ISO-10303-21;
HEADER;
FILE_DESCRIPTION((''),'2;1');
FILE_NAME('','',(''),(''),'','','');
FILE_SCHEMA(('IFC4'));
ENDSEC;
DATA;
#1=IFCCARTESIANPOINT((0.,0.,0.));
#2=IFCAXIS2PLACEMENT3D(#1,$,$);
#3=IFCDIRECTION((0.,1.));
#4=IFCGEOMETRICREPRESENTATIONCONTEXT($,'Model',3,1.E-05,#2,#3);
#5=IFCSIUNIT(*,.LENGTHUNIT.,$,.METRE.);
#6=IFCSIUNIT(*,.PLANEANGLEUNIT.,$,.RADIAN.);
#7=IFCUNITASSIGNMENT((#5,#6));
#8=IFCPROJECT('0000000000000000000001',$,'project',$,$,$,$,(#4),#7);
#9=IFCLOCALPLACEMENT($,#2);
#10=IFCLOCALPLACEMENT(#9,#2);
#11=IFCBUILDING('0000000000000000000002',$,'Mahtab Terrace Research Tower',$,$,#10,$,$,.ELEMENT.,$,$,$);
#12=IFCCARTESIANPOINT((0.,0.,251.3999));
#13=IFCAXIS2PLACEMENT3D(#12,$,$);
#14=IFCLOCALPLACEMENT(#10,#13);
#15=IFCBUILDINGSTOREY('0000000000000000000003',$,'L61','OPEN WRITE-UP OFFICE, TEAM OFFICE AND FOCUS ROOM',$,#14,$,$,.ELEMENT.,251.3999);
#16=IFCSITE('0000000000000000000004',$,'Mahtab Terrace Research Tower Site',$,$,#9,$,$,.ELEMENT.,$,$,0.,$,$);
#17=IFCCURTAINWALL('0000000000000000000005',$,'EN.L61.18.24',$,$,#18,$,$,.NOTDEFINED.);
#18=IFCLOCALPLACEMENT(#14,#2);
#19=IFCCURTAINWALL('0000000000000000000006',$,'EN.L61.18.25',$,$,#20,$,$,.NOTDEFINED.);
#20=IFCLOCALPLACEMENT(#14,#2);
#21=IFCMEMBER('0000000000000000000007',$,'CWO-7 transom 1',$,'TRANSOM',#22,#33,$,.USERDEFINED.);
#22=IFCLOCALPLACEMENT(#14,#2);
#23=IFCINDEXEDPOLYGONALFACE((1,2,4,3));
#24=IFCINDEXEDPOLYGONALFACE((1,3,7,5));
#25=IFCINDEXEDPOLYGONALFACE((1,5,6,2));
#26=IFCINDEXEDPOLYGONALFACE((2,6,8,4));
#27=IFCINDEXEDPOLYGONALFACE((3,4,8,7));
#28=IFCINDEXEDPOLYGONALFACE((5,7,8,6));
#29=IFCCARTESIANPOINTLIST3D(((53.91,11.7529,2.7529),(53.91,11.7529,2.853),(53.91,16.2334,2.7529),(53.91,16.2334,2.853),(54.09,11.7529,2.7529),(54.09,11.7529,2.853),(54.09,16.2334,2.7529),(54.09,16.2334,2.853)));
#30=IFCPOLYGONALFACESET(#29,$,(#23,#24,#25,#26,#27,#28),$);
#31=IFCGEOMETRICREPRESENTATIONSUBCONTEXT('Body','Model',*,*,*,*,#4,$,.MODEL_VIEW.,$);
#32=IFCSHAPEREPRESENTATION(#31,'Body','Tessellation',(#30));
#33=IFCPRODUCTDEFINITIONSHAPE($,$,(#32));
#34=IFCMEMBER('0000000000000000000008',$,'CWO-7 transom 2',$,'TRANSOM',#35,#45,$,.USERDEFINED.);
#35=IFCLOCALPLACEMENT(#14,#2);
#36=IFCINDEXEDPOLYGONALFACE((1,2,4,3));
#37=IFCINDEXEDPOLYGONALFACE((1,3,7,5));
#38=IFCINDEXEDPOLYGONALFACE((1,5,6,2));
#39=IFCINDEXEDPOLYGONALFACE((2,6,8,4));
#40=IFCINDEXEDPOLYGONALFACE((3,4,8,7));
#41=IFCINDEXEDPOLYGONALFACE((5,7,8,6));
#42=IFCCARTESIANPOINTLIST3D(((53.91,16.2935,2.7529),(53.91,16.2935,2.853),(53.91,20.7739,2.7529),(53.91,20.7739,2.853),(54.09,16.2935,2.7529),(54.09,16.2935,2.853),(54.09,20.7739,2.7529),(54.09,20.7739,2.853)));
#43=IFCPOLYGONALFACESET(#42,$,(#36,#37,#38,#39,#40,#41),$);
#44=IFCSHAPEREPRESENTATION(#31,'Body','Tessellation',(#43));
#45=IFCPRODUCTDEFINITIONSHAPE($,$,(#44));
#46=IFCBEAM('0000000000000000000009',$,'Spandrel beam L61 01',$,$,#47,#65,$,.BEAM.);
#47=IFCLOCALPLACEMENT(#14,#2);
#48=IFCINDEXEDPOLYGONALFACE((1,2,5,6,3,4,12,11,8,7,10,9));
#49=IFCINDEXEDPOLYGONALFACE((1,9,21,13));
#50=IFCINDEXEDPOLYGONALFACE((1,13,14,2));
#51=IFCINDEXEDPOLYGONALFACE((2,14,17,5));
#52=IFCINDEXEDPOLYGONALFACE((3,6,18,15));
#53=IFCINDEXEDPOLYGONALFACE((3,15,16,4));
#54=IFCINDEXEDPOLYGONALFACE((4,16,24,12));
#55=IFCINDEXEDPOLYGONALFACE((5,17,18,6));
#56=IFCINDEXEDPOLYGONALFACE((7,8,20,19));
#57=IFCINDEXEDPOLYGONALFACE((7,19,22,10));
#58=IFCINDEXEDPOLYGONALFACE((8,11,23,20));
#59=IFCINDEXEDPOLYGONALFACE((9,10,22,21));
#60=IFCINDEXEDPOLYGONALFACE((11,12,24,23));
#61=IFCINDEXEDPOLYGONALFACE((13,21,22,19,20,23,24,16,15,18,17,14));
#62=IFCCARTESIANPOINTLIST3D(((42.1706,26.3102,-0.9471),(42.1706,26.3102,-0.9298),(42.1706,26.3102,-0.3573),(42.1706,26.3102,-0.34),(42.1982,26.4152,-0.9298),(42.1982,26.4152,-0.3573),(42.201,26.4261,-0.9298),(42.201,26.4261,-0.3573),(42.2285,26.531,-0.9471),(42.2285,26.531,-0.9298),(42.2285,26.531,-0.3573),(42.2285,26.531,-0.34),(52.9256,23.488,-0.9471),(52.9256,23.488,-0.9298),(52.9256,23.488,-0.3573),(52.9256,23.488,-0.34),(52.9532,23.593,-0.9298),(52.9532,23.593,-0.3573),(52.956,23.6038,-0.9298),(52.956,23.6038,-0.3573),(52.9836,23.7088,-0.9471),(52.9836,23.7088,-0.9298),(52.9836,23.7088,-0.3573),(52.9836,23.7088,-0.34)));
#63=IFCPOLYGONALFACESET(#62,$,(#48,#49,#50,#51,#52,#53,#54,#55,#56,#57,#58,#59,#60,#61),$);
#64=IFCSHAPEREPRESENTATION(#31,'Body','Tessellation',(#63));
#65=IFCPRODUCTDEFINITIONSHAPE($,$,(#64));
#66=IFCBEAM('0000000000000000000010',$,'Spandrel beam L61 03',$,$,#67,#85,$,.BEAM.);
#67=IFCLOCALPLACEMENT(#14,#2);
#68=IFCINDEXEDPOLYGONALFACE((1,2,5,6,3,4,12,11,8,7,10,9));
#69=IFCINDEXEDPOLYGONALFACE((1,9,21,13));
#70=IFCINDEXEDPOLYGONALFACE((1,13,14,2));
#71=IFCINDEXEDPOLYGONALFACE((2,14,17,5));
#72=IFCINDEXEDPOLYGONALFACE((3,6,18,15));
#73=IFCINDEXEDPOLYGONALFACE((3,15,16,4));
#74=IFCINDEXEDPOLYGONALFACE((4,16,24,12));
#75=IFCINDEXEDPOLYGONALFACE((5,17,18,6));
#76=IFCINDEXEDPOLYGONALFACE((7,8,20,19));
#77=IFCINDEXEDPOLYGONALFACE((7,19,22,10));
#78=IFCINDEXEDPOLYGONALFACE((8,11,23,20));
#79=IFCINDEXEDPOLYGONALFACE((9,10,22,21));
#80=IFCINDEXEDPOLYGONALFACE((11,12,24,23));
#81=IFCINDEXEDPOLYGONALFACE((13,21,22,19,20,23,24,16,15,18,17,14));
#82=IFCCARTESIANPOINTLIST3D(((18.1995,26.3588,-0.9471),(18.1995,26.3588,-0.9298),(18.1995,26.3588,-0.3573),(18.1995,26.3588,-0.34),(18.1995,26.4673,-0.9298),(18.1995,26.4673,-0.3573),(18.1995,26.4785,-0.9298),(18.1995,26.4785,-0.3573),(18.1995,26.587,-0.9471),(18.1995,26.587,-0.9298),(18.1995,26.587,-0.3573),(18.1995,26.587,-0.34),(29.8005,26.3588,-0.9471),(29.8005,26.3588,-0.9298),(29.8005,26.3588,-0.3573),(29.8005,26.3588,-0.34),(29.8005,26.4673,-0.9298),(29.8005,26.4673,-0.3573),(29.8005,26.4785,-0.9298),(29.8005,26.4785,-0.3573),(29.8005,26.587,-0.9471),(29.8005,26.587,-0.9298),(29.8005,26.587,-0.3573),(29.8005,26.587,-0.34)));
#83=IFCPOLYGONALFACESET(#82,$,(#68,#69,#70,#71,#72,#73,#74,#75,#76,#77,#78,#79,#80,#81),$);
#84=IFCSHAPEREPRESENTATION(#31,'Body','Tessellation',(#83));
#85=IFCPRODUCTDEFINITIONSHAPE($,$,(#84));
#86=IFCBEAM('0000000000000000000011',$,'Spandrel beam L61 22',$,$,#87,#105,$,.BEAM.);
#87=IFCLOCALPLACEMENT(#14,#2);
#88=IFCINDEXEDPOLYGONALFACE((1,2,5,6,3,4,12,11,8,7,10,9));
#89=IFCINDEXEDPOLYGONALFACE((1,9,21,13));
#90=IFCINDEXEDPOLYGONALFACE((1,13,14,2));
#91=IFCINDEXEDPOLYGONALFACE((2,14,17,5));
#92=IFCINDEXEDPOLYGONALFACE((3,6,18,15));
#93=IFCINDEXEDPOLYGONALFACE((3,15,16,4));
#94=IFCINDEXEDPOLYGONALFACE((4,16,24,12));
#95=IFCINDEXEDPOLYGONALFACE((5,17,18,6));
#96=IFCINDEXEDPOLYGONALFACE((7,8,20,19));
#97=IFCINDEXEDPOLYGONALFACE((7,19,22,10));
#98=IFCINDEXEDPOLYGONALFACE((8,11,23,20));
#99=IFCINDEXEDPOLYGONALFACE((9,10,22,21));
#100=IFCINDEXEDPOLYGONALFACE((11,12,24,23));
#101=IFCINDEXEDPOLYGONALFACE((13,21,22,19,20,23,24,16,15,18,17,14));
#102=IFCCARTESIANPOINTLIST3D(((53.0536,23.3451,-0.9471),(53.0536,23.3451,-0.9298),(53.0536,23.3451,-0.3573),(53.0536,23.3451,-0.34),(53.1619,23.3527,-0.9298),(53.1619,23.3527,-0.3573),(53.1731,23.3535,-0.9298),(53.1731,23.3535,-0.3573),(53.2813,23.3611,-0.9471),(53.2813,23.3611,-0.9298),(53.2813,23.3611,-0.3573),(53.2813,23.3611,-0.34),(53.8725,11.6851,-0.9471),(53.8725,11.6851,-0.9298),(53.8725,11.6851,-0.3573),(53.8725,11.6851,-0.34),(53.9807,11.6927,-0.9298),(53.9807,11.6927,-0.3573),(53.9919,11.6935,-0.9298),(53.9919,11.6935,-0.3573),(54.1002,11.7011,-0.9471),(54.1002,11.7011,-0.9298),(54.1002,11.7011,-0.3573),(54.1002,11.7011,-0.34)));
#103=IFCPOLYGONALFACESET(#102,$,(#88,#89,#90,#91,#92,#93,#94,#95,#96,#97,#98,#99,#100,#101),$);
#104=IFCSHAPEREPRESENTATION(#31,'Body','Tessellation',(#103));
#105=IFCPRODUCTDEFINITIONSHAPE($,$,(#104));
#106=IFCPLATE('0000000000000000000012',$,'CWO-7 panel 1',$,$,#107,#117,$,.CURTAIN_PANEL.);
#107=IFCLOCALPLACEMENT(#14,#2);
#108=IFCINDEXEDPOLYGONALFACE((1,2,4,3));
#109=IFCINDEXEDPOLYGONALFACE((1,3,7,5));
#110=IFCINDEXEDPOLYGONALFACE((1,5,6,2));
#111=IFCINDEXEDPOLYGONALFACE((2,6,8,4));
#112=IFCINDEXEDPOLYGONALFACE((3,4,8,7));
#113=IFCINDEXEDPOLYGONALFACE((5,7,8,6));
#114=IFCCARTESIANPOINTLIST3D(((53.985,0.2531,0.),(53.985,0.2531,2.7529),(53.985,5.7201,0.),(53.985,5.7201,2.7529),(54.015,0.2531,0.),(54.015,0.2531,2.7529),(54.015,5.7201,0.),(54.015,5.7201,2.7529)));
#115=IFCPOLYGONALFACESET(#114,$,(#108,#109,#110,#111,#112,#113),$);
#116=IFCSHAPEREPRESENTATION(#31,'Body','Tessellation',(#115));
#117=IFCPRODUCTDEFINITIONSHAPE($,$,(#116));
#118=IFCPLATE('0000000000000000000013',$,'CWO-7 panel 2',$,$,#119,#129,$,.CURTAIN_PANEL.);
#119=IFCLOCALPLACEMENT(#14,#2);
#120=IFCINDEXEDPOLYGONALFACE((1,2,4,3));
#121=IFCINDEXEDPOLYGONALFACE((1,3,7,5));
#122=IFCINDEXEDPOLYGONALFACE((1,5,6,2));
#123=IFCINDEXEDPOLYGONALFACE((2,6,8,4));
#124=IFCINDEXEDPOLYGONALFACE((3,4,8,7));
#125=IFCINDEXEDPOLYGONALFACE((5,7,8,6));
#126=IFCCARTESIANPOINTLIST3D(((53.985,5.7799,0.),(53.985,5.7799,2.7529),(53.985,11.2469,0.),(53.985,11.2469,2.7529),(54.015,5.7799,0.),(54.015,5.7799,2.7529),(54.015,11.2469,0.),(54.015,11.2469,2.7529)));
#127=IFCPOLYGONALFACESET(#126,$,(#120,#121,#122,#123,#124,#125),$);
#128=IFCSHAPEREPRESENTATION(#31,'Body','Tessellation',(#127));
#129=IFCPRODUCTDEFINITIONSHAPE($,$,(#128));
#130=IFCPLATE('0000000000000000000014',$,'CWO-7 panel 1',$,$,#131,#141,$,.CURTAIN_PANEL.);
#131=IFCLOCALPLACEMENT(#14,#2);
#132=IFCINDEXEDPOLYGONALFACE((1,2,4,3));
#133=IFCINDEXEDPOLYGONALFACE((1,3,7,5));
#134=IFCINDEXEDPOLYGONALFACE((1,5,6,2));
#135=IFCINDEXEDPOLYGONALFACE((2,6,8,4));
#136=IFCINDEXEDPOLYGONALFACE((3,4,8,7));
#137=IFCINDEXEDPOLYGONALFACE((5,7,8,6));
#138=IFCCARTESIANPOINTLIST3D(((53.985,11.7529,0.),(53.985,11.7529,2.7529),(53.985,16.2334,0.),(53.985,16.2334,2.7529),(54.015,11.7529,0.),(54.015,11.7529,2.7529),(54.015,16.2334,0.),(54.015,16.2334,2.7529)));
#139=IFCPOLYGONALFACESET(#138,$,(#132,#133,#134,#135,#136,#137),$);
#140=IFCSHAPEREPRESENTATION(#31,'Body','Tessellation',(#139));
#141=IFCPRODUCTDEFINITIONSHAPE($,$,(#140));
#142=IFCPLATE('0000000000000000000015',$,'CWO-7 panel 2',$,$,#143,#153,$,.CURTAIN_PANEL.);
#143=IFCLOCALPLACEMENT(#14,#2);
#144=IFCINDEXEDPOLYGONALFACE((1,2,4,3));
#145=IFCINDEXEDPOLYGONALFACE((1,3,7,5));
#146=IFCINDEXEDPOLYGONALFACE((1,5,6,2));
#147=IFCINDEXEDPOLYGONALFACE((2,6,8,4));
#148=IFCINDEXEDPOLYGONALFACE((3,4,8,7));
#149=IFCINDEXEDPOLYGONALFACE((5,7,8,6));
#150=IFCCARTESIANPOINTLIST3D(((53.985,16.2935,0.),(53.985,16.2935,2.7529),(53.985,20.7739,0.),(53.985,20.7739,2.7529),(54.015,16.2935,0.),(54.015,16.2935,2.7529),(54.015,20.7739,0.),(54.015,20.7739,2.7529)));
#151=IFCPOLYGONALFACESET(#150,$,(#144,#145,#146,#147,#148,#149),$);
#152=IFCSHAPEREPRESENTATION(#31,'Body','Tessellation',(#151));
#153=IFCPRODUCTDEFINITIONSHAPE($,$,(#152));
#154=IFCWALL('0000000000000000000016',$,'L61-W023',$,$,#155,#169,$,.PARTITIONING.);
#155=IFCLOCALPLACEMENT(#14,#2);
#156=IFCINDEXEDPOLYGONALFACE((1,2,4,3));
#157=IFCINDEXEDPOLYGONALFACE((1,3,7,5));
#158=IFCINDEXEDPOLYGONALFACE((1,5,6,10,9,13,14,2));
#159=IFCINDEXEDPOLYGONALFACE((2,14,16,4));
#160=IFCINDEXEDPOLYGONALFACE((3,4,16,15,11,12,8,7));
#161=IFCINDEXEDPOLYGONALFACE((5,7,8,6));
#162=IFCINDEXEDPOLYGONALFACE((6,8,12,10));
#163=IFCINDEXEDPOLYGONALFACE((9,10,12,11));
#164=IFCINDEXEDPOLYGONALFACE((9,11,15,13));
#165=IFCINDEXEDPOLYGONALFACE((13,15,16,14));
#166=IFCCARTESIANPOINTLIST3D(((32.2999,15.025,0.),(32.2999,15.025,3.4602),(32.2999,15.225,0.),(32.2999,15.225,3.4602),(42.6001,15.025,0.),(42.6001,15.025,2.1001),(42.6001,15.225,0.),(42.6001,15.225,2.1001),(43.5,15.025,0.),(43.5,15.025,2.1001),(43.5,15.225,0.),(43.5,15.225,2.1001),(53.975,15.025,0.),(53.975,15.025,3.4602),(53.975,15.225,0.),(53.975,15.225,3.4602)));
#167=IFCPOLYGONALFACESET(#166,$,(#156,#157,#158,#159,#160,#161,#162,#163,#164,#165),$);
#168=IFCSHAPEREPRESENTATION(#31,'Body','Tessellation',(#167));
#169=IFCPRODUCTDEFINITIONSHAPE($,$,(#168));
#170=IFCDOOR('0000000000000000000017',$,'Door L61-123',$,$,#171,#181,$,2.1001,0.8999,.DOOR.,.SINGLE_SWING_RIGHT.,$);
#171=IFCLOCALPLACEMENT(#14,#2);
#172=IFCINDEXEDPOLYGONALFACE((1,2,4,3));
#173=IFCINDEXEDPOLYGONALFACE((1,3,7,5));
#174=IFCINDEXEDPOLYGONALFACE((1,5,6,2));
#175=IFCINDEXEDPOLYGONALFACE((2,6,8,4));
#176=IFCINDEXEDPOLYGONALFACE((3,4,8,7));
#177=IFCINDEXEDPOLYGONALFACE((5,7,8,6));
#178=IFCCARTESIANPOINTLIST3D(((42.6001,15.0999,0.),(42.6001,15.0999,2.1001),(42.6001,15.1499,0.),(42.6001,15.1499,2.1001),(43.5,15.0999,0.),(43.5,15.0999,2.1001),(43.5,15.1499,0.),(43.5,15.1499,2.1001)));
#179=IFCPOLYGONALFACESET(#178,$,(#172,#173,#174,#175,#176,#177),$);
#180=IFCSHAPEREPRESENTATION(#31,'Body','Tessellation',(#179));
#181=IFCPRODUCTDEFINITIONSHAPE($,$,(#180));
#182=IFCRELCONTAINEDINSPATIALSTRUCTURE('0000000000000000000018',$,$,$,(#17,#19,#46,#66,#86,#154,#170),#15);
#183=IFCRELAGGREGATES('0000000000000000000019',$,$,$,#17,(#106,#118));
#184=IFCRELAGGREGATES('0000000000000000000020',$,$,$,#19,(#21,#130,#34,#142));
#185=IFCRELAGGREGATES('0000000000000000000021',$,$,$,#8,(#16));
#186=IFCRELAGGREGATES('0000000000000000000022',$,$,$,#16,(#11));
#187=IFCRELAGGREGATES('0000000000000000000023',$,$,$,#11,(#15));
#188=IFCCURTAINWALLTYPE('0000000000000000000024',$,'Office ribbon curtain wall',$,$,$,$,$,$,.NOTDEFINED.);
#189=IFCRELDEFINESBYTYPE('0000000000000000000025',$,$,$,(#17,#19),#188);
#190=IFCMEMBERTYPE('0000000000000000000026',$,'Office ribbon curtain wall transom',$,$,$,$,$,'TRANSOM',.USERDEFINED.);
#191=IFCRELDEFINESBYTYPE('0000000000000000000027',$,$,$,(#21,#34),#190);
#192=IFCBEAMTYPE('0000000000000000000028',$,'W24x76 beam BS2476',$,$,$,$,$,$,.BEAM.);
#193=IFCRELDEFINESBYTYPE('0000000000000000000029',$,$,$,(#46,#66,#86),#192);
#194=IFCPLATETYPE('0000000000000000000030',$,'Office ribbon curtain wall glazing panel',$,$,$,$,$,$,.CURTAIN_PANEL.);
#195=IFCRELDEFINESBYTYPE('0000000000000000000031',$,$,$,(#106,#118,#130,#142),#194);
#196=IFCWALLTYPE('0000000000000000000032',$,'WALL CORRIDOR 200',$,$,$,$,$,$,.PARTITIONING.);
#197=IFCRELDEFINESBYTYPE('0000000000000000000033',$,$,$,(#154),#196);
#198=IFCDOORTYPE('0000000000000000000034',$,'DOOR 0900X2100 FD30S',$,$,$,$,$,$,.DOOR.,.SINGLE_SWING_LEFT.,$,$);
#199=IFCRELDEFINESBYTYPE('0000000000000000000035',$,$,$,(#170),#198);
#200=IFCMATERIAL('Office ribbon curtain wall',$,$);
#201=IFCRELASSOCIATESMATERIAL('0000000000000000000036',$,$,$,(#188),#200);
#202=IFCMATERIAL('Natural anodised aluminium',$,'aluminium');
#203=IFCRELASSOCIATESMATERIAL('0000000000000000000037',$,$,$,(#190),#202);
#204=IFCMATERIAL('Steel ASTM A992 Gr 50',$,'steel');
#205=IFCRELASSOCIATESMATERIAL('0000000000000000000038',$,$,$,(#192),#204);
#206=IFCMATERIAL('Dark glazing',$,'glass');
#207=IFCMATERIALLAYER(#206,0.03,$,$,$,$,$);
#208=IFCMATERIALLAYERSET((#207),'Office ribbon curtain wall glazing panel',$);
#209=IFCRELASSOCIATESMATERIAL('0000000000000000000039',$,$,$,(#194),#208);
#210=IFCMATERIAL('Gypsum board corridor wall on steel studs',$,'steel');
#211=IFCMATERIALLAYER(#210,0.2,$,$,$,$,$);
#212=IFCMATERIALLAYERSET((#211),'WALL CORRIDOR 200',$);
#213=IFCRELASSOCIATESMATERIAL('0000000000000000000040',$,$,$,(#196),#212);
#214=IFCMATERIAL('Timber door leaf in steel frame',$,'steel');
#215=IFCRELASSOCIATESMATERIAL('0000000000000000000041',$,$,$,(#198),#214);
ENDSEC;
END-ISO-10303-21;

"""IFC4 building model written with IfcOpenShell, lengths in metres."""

from ifc_helpers import new_model, si_unit, direction, frame, frame_2d, origin, origin_2d, place, context, subcontext, project, spatial, rectangle, i_section, extrude, material, layer, layer_set, material_profile, profile_set, type_object, element, fill, aggregate, save


model = new_model("IFC4")

# Units and contexts
model_context = context("Model", 3, precision=1e-05, world=origin(), true_north=direction((0.0, 1.0)))
body_context = subcontext(model_context, "Body", "Model", "MODEL_VIEW")
ifc_project = project(units=[si_unit("LENGTHUNIT", "METRE"), si_unit("PLANEANGLEUNIT", "RADIAN")], contexts=[model_context])

# Site, building, storey
site_placement = place(None, origin())
site = spatial("IfcSite", under=ifc_project, at=site_placement, Name="Mahtab Terrace Research Tower Site", CompositionType="ELEMENT", RefElevation=0.0)
building_placement = place(site_placement, origin())
building = spatial("IfcBuilding", under=site, at=building_placement, Name="Mahtab Terrace Research Tower", CompositionType="ELEMENT")
storey_placement = place(building_placement, frame((0.0, 0.0, 251.3999)))
storey = spatial("IfcBuildingStorey", under=building, at=storey_placement, Name="L61", Description="OPEN WRITE-UP OFFICE, TEAM OFFICE AND FOCUS ROOM", CompositionType="ELEMENT", Elevation=251.3999)

# Shared definitions
ifc_material_1 = material(Name="Steel ASTM A992 Gr 50", Category="steel")

# Curtain walls
ifc_material_2 = material(Name="Office ribbon curtain wall")
curtain_wall_type = type_object("IfcCurtainWallType", Name="Office ribbon curtain wall", PredefinedType="NOTDEFINED", material=ifc_material_2)
curtain_wall_1_placement = place(storey_placement, origin())
curtain_wall_1 = element("IfcCurtainWall", 1, at=curtain_wall_1_placement, inside=storey, type_object=curtain_wall_type, Name="EN.L61.18.24", PredefinedType="NOTDEFINED")
ifc_material_3 = material(Name="Natural anodised aluminium", Category="aluminium")
curtain_wall_2_placement = place(storey_placement, origin())
curtain_wall_2 = element("IfcCurtainWall", 2, at=curtain_wall_2_placement, inside=storey, type_object=curtain_wall_type, Name="EN.L61.18.25", PredefinedType="NOTDEFINED")

# Members
ifc_material_profile_1 = material_profile(ifc_material_3, rectangle(XDim=0.1799, YDim=0.1001, at=origin_2d()), Name="TRANSOM 100x180")
ifc_profile_set_1 = profile_set([ifc_material_profile_1], Name="Natural anodised aluminium")
member_type_1 = type_object("IfcMemberType", Name="Office ribbon curtain wall transom", ElementType="TRANSOM", PredefinedType="USERDEFINED", material=ifc_profile_set_1)
member_1_placement = place(storey_placement, frame((54.0, 11.7529, 2.803), z_axis=(0.0, 1.0, 0.0), x_axis=(-1.0, 0.0, 0.0)))
member_1 = element("IfcMember", 3, at=member_1_placement, type_object=member_type_1, Name="CWO-7 transom 1", ObjectType="TRANSOM", PredefinedType="USERDEFINED", context=body_context, shape_type="SweptSolid", body=[
    extrude(rectangle(XDim=0.1799, YDim=0.1001, at=origin_2d()), origin(), (0.0, 0.0, 1.0), 4.4805),
])
member_2_placement = place(storey_placement, frame((54.0, 16.2935, 2.803), z_axis=(0.0, 1.0, 0.0), x_axis=(-1.0, 0.0, 0.0)))
member_2 = element("IfcMember", 4, at=member_2_placement, type_object=member_type_1, Name="CWO-7 transom 2", ObjectType="TRANSOM", PredefinedType="USERDEFINED", context=body_context, shape_type="SweptSolid", body=[
    extrude(rectangle(XDim=0.1799, YDim=0.1001, at=origin_2d()), origin(), (0.0, 0.0, 1.0), 4.4805),
])

# Beams
ifc_material_profile_2 = material_profile(ifc_material_1, i_section(OverallWidth=0.2283, OverallDepth=0.6072, WebThickness=0.0112, FlangeThickness=0.0173, at=origin_2d()), Name="W24X76")
ifc_profile_set_2 = profile_set([ifc_material_profile_2], Name="Steel ASTM A992 Gr 50")
beam_type = type_object("IfcBeamType", Name="W24x76 beam BS2476", PredefinedType="BEAM", material=ifc_profile_set_2)
beam_1_placement = place(storey_placement, frame((52.9546, 23.5984, -0.6436), z_axis=(-0.967252, 0.253818, 0.0), x_axis=(-0.253818, -0.967252, 0.0)))
element("IfcBeam", 5, at=beam_1_placement, inside=storey, type_object=beam_type, Name="Spandrel beam L61 01", PredefinedType="BEAM", context=body_context, shape_type="SweptSolid", body=[
    extrude(i_section(OverallWidth=0.2283, OverallDepth=0.6072, WebThickness=0.0112, FlangeThickness=0.0173, at=origin_2d()), origin(), (0.0, 0.0, 1.0), 11.1191),
])
beam_2_placement = place(storey_placement, frame((29.8005, 26.4729, -0.6436), z_axis=(-1.0, 0.0, 0.0), x_axis=(0.0, -1.0, 0.0)))
element("IfcBeam", 6, at=beam_2_placement, inside=storey, type_object=beam_type, Name="Spandrel beam L61 03", PredefinedType="BEAM", context=body_context, shape_type="SweptSolid", body=[
    extrude(i_section(OverallWidth=0.2283, OverallDepth=0.6072, WebThickness=0.0112, FlangeThickness=0.0173, at=origin_2d()), origin(), (0.0, 0.0, 1.0), 11.6011),
])
beam_3_placement = place(storey_placement, frame((53.9863, 11.6931, -0.6436), z_axis=(-0.070055, 0.997543, 0.0), x_axis=(-0.997543, -0.070055, 0.0)))
element("IfcBeam", 7, at=beam_3_placement, inside=storey, type_object=beam_type, Name="Spandrel beam L61 22", PredefinedType="BEAM", context=body_context, shape_type="SweptSolid", body=[
    extrude(i_section(OverallWidth=0.2283, OverallDepth=0.6072, WebThickness=0.0112, FlangeThickness=0.0173, at=origin_2d()), origin(), (0.0, 0.0, 1.0), 11.6887),
])

# Plates
ifc_material_4 = material(Name="Dark glazing", Category="glass")
ifc_layer_1 = layer(ifc_material_4, 0.03)
ifc_layer_set_1 = layer_set([ifc_layer_1], Name="Office ribbon curtain wall glazing panel")
plate_type = type_object("IfcPlateType", Name="Office ribbon curtain wall glazing panel", PredefinedType="CURTAIN_PANEL", material=ifc_layer_set_1)
plate_1_placement = place(storey_placement, frame((54.0, 2.9866, 0.0), z_axis=(0.0, 0.0, 1.0), x_axis=(0.0, 1.0, 0.0)))
plate_1 = element("IfcPlate", 8, at=plate_1_placement, type_object=plate_type, Name="CWO-7 panel 1", PredefinedType="CURTAIN_PANEL", context=body_context, shape_type="SweptSolid", body=[
    extrude(rectangle(XDim=5.467, YDim=0.03, at=origin_2d()), origin(), (0.0, 0.0, 1.0), 2.7529),
])
plate_2_placement = place(storey_placement, frame((54.0, 8.5134, 0.0), z_axis=(0.0, 0.0, 1.0), x_axis=(0.0, 1.0, 0.0)))
plate_2 = element("IfcPlate", 9, at=plate_2_placement, type_object=plate_type, Name="CWO-7 panel 2", PredefinedType="CURTAIN_PANEL", context=body_context, shape_type="SweptSolid", body=[
    extrude(rectangle(XDim=5.467, YDim=0.03, at=origin_2d()), origin(), (0.0, 0.0, 1.0), 2.7529),
])
aggregate(curtain_wall_1, [plate_1, plate_2])
plate_3_placement = place(storey_placement, frame((54.0, 13.9932, 0.0), z_axis=(0.0, 0.0, 1.0), x_axis=(0.0, 1.0, 0.0)))
plate_3 = element("IfcPlate", 10, at=plate_3_placement, type_object=plate_type, Name="CWO-7 panel 1", PredefinedType="CURTAIN_PANEL", context=body_context, shape_type="SweptSolid", body=[
    extrude(rectangle(XDim=4.4805, YDim=0.03, at=origin_2d()), origin(), (0.0, 0.0, 1.0), 2.7529),
])
plate_4_placement = place(storey_placement, frame((54.0, 18.5337, 0.0), z_axis=(0.0, 0.0, 1.0), x_axis=(0.0, 1.0, 0.0)))
plate_4 = element("IfcPlate", 11, at=plate_4_placement, type_object=plate_type, Name="CWO-7 panel 2", PredefinedType="CURTAIN_PANEL", context=body_context, shape_type="SweptSolid", body=[
    extrude(rectangle(XDim=4.4805, YDim=0.03, at=origin_2d()), origin(), (0.0, 0.0, 1.0), 2.7529),
])
aggregate(curtain_wall_2, [member_1, plate_3, member_2, plate_4])

# Wall, opening, door
ifc_material_5 = material(Name="Gypsum board corridor wall on steel studs", Category="steel")
ifc_layer_2 = layer(ifc_material_5, 0.2)
ifc_layer_set_2 = layer_set([ifc_layer_2], Name="WALL CORRIDOR 200")
wall_type_1 = type_object("IfcWallType", Name="WALL CORRIDOR 200", PredefinedType="PARTITIONING", material=ifc_layer_set_2)
wall_1_placement = place(storey_placement, frame((32.3, 15.125, 0.0), z_axis=(0.0, 0.0, 1.0), x_axis=(1.0, 0.0, 0.0)))
wall_1 = element("IfcWall", 12, at=wall_1_placement, inside=storey, type_object=wall_type_1, Name="L61-W023", PredefinedType="PARTITIONING", context=body_context, shape_type="SweptSolid", body=[
    extrude(rectangle(XDim=21.675, YDim=0.2, at=frame_2d((10.8374, 0.0))), origin(), (0.0, 0.0, 1.0), 3.4602),
])
opening_placement = place(wall_1_placement, frame((10.3, 0.0, 0.0)))
opening = element("IfcOpeningElement", 13, at=opening_placement, cuts=wall_1, PredefinedType="OPENING", context=body_context, shape_type="SweptSolid", body=[
    extrude(rectangle(XDim=0.8999, YDim=2.1001, at=frame_2d((0.45, 1.05))), frame((0.0, 0.1099, 0.0), z_axis=(0.0, -1.0, 0.0), x_axis=(1.0, 0.0, 0.0)), (0.0, 0.0, 1.0), 0.22),
])
ifc_material_6 = material(Name="Timber door leaf in steel frame", Category="steel")
door_type = type_object("IfcDoorType", Name="DOOR 0900X2100 FD30S", OperationType="SINGLE_SWING_LEFT", PredefinedType="DOOR", material=ifc_material_6)
door_placement = place(opening_placement, origin())
door = element("IfcDoor", 14, at=door_placement, inside=storey, type_object=door_type, Name="Door L61-123", OperationType="SINGLE_SWING_RIGHT", OverallHeight=2.1001, OverallWidth=0.8999, PredefinedType="DOOR", context=body_context, shape_type="SweptSolid", body=[
    extrude(rectangle(XDim=0.8999, YDim=2.1001, at=frame_2d((0.45, 1.05))), frame((0.0, 0.0249, 0.0), z_axis=(0.0, -1.0, 0.0), x_axis=(1.0, 0.0, 0.0)), (0.0, 0.0, 1.0), 0.05),
])
fill(opening, door)

save(model, "model.ifc")
